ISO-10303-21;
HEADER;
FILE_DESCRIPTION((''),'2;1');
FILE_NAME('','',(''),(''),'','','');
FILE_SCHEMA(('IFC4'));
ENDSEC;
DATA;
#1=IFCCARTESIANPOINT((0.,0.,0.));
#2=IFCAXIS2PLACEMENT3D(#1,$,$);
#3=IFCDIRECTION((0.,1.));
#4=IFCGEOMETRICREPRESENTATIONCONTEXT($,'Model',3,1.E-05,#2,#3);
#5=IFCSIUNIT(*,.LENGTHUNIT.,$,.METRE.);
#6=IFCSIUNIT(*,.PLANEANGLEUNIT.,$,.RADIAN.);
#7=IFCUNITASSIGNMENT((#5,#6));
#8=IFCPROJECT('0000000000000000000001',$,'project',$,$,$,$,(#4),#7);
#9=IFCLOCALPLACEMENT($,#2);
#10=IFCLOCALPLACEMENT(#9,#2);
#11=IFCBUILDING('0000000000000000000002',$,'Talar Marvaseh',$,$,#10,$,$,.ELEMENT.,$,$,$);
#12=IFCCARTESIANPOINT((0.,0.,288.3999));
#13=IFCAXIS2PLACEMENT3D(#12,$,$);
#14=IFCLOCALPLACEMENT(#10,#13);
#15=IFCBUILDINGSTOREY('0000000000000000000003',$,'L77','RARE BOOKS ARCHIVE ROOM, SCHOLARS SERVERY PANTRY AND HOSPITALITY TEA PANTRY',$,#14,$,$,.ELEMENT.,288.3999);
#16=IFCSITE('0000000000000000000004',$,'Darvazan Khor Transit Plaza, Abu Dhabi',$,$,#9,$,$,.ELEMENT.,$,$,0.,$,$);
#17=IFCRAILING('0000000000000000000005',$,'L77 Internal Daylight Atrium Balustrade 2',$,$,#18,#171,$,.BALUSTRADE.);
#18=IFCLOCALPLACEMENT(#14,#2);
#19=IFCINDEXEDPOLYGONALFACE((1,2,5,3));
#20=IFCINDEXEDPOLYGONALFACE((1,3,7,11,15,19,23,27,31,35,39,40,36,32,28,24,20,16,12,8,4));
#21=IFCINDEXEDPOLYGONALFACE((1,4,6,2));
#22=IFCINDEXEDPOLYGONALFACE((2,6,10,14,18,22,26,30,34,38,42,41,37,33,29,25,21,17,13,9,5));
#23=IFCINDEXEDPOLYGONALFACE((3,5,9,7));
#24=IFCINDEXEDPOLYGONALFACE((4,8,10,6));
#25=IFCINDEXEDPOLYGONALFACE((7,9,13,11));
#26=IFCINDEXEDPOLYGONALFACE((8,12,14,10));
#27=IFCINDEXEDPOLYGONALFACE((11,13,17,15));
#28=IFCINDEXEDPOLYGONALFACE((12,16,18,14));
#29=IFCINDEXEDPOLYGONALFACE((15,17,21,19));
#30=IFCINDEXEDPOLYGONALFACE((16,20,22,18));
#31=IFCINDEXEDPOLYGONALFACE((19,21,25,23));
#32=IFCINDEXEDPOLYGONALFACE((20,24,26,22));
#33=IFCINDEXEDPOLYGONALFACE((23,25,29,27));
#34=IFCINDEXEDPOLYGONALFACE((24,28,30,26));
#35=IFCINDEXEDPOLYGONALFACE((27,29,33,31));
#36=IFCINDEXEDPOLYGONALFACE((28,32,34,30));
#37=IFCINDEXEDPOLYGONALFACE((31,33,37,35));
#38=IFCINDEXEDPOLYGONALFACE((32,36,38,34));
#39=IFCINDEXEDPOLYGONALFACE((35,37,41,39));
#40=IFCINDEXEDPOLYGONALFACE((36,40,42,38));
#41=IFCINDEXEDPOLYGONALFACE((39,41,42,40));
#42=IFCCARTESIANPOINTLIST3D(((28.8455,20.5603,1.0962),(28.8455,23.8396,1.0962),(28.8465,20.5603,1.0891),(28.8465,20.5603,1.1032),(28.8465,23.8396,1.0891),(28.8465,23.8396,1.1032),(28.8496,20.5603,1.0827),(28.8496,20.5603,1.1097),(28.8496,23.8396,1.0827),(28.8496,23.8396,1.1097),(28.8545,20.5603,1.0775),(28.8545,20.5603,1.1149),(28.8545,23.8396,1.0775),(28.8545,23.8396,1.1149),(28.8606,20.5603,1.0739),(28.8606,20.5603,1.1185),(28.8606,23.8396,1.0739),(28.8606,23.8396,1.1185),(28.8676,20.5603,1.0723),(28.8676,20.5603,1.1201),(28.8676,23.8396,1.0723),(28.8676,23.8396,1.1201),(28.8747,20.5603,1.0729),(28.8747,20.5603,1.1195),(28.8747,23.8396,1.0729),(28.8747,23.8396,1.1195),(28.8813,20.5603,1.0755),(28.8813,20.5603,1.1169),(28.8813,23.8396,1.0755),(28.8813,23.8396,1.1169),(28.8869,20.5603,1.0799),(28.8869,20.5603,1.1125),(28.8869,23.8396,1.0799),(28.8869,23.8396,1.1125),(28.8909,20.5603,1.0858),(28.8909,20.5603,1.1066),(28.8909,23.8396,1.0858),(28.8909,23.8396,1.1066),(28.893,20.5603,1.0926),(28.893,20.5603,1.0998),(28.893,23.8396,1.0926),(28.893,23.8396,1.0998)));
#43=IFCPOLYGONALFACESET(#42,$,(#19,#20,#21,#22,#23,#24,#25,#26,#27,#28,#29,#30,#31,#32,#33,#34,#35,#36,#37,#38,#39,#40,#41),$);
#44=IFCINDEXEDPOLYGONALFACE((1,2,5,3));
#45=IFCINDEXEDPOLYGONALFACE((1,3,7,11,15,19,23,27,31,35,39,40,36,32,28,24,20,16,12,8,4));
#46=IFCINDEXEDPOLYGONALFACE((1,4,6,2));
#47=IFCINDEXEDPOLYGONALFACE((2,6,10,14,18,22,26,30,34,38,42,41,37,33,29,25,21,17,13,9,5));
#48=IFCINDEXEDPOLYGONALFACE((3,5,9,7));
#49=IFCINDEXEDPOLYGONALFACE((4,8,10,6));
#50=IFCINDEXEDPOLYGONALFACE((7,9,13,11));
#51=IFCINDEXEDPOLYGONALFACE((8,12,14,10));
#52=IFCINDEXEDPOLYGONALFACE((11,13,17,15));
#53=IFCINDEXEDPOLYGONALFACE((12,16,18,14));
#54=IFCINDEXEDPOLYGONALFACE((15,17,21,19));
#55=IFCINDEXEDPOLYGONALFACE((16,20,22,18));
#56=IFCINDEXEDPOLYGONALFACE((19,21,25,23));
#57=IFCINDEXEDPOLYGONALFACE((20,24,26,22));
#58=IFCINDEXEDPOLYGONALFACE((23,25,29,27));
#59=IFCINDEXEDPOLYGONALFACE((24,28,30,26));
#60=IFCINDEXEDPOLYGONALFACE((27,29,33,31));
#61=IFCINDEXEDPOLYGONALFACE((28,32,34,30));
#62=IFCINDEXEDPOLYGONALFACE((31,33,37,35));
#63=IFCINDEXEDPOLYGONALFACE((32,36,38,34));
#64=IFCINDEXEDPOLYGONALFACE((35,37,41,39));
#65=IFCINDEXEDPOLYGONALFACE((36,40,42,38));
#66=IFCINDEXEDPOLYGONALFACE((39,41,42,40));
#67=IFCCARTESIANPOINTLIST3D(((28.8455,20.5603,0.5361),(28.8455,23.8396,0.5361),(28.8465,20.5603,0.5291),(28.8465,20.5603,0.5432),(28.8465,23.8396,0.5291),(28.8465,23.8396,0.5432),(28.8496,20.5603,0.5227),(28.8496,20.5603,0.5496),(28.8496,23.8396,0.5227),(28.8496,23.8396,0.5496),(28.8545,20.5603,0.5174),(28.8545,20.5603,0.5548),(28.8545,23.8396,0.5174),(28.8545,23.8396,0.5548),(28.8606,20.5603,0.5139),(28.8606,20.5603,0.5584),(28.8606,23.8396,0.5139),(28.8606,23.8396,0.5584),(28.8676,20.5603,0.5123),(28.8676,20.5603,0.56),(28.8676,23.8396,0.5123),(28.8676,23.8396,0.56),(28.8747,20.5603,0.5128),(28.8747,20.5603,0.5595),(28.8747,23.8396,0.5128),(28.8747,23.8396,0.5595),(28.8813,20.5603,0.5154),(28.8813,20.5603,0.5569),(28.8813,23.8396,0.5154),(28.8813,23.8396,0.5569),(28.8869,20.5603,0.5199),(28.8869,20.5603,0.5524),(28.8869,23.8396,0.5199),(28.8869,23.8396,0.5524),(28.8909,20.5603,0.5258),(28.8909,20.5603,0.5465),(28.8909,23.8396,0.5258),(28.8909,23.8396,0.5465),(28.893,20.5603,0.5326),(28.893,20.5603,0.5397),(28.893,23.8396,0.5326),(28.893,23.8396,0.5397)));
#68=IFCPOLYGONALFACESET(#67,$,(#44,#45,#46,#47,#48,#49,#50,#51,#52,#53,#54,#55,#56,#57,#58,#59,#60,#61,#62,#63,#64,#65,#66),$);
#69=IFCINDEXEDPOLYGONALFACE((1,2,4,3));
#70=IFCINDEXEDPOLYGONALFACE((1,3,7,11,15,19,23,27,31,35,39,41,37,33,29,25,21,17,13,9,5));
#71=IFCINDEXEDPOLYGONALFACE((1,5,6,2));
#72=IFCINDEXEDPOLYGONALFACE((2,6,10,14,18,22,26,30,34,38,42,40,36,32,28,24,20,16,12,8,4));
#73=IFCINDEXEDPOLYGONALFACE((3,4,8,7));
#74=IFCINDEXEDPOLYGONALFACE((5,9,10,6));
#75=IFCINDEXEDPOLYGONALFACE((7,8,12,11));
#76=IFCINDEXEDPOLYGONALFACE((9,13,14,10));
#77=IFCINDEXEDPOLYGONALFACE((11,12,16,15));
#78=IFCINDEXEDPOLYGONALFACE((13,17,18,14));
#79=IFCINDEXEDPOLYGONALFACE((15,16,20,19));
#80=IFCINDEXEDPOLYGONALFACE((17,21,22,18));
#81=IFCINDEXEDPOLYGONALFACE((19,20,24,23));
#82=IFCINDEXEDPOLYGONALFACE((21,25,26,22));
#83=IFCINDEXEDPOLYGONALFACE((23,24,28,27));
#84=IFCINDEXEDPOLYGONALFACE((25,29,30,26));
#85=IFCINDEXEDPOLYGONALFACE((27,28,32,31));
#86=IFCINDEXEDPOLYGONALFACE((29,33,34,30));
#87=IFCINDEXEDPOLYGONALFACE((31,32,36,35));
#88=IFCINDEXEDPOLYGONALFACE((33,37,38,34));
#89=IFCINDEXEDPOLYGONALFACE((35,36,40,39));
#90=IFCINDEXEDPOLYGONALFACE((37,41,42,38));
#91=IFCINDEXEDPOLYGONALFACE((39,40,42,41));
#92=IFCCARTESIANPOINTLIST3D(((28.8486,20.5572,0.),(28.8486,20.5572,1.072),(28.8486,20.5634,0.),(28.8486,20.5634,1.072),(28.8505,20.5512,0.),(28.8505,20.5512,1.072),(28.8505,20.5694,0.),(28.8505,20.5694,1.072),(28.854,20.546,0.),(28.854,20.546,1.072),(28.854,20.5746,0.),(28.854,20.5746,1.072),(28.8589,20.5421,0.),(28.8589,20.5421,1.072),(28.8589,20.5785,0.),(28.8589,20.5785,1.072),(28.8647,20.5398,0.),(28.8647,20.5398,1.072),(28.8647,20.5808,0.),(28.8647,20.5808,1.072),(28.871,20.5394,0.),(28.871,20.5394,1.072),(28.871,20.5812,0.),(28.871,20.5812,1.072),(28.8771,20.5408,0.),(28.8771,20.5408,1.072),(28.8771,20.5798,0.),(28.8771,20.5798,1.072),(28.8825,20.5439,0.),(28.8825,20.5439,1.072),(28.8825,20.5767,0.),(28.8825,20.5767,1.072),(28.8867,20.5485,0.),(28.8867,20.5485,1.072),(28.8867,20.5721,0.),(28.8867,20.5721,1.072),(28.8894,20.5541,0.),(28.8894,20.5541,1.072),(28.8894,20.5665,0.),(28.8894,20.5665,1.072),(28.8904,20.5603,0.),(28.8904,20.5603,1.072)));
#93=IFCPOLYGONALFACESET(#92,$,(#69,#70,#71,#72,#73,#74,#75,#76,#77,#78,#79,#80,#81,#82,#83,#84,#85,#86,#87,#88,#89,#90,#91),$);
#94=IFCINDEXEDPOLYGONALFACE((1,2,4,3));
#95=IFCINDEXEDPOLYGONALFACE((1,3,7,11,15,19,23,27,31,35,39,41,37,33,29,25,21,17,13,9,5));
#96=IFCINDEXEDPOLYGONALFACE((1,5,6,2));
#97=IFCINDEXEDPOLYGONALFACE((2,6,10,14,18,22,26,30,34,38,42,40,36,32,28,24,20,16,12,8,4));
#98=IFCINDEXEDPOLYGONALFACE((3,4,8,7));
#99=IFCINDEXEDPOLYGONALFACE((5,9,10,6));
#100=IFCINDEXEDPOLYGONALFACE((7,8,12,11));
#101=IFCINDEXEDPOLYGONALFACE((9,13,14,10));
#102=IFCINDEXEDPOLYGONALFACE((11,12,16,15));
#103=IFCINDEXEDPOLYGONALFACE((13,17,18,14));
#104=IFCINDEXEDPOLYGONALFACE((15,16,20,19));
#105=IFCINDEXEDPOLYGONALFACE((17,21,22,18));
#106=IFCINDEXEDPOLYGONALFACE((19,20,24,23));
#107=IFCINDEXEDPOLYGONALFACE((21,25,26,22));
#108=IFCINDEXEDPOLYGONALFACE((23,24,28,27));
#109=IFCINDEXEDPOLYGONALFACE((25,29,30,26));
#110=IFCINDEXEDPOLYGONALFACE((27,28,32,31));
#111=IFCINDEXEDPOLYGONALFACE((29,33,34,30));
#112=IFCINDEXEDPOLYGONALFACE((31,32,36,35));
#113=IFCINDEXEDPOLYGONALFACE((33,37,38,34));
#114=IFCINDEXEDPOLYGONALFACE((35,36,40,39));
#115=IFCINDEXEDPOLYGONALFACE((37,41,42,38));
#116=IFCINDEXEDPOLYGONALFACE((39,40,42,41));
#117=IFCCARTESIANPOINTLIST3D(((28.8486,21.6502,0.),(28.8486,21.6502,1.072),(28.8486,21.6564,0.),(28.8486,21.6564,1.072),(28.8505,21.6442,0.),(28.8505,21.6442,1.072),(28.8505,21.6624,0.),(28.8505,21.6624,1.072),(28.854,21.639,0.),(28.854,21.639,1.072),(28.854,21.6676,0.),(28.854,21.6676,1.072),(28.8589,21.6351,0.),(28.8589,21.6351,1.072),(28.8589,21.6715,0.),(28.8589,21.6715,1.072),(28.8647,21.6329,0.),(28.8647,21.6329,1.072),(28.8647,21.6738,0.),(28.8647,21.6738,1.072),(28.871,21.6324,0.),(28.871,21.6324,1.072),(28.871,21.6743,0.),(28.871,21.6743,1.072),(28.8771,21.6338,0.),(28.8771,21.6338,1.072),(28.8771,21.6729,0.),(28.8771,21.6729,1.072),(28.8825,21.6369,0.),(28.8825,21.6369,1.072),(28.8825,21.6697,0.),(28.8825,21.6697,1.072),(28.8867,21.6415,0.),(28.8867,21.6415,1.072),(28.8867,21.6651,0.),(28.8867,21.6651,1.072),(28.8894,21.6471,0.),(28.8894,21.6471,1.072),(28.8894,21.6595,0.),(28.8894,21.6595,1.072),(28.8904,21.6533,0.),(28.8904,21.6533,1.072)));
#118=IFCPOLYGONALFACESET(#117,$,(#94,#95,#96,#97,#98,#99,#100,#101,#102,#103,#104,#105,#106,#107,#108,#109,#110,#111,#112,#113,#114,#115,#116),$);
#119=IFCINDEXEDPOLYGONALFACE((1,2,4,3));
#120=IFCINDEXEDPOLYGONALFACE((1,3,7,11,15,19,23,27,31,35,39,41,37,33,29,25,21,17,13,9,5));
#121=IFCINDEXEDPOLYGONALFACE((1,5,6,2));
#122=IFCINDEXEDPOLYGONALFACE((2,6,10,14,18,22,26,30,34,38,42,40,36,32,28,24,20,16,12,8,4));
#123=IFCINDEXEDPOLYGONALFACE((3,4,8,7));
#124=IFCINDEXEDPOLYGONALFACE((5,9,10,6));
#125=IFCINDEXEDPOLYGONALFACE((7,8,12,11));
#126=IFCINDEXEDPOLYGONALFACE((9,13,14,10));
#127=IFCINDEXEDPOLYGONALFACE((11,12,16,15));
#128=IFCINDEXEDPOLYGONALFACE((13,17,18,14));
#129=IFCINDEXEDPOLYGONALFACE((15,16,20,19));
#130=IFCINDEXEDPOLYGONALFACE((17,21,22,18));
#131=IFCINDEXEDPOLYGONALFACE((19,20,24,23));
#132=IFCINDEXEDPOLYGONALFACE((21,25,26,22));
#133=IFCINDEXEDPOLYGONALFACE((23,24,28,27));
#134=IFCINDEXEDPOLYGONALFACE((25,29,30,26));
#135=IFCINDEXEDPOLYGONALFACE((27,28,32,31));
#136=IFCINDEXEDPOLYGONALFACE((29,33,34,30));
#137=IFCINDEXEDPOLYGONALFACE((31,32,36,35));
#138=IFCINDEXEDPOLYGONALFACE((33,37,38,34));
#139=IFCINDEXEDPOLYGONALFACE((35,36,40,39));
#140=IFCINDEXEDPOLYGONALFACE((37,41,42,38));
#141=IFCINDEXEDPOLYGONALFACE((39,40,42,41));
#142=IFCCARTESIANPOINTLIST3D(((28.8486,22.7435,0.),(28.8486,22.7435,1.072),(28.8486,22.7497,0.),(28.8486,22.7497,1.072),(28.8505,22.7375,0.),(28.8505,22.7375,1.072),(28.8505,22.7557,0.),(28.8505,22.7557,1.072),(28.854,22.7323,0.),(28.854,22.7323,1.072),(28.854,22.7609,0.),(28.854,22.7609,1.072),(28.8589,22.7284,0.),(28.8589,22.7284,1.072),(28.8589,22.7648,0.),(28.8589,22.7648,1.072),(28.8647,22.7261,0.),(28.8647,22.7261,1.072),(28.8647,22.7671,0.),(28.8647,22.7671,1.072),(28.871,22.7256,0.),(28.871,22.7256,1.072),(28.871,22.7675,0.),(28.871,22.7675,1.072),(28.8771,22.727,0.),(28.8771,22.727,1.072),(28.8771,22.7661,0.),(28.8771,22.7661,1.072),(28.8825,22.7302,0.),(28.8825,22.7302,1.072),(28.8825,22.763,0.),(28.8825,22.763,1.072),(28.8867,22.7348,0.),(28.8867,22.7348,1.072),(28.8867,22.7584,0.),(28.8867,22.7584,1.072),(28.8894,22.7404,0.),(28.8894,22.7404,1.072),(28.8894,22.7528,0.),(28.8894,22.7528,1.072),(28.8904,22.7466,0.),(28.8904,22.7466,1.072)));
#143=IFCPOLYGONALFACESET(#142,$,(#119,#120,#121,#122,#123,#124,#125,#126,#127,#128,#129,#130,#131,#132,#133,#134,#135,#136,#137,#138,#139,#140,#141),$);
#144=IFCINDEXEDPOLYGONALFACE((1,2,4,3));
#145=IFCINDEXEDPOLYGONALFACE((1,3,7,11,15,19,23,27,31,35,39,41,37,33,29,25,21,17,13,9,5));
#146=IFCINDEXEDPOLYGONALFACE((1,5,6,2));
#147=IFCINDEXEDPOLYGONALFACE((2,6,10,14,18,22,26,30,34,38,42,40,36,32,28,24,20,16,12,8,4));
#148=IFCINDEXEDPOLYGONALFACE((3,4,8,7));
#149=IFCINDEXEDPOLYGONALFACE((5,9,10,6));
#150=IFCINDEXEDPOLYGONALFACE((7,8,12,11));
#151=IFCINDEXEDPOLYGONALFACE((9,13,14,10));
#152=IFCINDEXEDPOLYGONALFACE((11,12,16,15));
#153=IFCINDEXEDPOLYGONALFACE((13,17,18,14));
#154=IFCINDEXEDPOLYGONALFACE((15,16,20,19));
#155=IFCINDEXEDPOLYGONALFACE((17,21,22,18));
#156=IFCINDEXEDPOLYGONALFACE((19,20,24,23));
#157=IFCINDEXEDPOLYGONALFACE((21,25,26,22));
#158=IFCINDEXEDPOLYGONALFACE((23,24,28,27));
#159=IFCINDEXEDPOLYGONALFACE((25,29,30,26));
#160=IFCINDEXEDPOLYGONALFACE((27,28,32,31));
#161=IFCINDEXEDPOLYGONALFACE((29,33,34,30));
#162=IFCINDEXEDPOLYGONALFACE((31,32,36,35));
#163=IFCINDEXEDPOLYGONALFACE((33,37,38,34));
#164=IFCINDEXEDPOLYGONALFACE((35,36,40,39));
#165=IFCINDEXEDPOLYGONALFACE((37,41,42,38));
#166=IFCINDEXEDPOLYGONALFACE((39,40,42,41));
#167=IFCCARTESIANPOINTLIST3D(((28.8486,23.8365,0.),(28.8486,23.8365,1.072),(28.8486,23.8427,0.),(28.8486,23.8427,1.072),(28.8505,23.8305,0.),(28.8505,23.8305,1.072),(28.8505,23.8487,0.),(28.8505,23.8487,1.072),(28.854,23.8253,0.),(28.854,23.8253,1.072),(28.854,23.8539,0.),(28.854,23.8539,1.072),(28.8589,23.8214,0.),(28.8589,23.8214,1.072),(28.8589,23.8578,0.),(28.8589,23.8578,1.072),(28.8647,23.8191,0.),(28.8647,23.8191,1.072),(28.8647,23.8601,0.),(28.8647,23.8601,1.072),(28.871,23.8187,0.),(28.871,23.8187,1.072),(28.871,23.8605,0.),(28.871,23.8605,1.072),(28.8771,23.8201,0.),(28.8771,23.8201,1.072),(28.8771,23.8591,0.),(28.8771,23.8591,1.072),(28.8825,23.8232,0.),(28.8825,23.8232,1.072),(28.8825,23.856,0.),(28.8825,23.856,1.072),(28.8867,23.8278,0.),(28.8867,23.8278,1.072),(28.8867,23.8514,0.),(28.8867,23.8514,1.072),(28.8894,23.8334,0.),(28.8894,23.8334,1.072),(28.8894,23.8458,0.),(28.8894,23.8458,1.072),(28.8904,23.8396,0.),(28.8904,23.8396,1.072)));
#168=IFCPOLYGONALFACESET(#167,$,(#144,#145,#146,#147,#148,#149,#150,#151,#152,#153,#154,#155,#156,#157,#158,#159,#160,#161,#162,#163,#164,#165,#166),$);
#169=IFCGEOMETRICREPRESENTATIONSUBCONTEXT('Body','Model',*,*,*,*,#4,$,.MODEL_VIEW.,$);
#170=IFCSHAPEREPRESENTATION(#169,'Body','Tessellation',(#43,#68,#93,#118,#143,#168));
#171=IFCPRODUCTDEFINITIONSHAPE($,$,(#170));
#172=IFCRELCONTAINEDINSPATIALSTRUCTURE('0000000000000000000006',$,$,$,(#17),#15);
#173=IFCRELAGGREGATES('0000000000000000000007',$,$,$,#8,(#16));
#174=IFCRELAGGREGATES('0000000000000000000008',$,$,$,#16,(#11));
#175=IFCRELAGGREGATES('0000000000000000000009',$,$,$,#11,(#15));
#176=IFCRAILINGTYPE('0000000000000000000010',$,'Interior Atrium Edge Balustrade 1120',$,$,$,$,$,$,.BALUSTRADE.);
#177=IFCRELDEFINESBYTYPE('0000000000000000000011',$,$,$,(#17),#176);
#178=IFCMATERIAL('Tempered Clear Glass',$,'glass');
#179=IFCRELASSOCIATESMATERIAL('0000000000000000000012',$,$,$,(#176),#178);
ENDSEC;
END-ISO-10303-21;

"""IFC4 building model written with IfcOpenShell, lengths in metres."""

from ifc_helpers import new_model, si_unit, direction, frame, origin, origin_2d, place, context, subcontext, project, spatial, circle, extrude, material, type_object, element, save


model = new_model("IFC4")

# Units and contexts
model_context = context("Model", 3, precision=1e-05, world=origin(), true_north=direction((0.0, 1.0)))
body_context = subcontext(model_context, "Body", "Model", "MODEL_VIEW")
ifc_project = project(units=[si_unit("LENGTHUNIT", "METRE"), si_unit("PLANEANGLEUNIT", "RADIAN")], contexts=[model_context])

# Site, building, storey
site_placement = place(None, origin())
site = spatial("IfcSite", under=ifc_project, at=site_placement, Name="Darvazan Khor Transit Plaza, Abu Dhabi", CompositionType="ELEMENT", RefElevation=0.0)
building_placement = place(site_placement, origin())
building = spatial("IfcBuilding", under=site, at=building_placement, Name="Talar Marvaseh", CompositionType="ELEMENT")
storey_placement = place(building_placement, frame((0.0, 0.0, 288.3999)))
storey = spatial("IfcBuildingStorey", under=building, at=storey_placement, Name="L77", Description="RARE BOOKS ARCHIVE ROOM, SCHOLARS SERVERY PANTRY AND HOSPITALITY TEA PANTRY", CompositionType="ELEMENT", Elevation=288.3999)

# Railing
ifc_material_1 = material(Name="Tempered Clear Glass", Category="glass")
railing_type = type_object("IfcRailingType", Name="Interior Atrium Edge Balustrade 1120", PredefinedType="BALUSTRADE", material=ifc_material_1)
railing_1_placement = place(storey_placement, frame((28.8694, 20.5603, 0.0)))
element("IfcRailing", 1, at=railing_1_placement, inside=storey, type_object=railing_type, Name="L77 Internal Daylight Atrium Balustrade 2", PredefinedType="BALUSTRADE", context=body_context, shape_type="SweptSolid", body=[
    extrude(circle(Radius=0.0239, at=origin_2d()), frame((0.0, 0.0, 1.0962), z_axis=(0.0, 1.0, 0.0), x_axis=(-1.0, 0.0, 0.0)), (0.0, 0.0, 1.0), 3.2793),
    extrude(circle(Radius=0.0239, at=origin_2d()), frame((0.0, 0.0, 0.5361), z_axis=(0.0, 1.0, 0.0), x_axis=(-1.0, 0.0, 0.0)), (0.0, 0.0, 1.0), 3.2793),
    extrude(circle(Radius=0.021, at=origin_2d()), origin(), (0.0, 0.0, 1.0), 1.072),
    extrude(circle(Radius=0.021, at=origin_2d()), frame((0.0, 1.093, 0.0)), (0.0, 0.0, 1.0), 1.072),
    extrude(circle(Radius=0.021, at=origin_2d()), frame((0.0, 2.1863, 0.0)), (0.0, 0.0, 1.0), 1.072),
    extrude(circle(Radius=0.021, at=origin_2d()), frame((0.0, 3.2793, 0.0)), (0.0, 0.0, 1.0), 1.072),
])

save(model, "model.ifc")
